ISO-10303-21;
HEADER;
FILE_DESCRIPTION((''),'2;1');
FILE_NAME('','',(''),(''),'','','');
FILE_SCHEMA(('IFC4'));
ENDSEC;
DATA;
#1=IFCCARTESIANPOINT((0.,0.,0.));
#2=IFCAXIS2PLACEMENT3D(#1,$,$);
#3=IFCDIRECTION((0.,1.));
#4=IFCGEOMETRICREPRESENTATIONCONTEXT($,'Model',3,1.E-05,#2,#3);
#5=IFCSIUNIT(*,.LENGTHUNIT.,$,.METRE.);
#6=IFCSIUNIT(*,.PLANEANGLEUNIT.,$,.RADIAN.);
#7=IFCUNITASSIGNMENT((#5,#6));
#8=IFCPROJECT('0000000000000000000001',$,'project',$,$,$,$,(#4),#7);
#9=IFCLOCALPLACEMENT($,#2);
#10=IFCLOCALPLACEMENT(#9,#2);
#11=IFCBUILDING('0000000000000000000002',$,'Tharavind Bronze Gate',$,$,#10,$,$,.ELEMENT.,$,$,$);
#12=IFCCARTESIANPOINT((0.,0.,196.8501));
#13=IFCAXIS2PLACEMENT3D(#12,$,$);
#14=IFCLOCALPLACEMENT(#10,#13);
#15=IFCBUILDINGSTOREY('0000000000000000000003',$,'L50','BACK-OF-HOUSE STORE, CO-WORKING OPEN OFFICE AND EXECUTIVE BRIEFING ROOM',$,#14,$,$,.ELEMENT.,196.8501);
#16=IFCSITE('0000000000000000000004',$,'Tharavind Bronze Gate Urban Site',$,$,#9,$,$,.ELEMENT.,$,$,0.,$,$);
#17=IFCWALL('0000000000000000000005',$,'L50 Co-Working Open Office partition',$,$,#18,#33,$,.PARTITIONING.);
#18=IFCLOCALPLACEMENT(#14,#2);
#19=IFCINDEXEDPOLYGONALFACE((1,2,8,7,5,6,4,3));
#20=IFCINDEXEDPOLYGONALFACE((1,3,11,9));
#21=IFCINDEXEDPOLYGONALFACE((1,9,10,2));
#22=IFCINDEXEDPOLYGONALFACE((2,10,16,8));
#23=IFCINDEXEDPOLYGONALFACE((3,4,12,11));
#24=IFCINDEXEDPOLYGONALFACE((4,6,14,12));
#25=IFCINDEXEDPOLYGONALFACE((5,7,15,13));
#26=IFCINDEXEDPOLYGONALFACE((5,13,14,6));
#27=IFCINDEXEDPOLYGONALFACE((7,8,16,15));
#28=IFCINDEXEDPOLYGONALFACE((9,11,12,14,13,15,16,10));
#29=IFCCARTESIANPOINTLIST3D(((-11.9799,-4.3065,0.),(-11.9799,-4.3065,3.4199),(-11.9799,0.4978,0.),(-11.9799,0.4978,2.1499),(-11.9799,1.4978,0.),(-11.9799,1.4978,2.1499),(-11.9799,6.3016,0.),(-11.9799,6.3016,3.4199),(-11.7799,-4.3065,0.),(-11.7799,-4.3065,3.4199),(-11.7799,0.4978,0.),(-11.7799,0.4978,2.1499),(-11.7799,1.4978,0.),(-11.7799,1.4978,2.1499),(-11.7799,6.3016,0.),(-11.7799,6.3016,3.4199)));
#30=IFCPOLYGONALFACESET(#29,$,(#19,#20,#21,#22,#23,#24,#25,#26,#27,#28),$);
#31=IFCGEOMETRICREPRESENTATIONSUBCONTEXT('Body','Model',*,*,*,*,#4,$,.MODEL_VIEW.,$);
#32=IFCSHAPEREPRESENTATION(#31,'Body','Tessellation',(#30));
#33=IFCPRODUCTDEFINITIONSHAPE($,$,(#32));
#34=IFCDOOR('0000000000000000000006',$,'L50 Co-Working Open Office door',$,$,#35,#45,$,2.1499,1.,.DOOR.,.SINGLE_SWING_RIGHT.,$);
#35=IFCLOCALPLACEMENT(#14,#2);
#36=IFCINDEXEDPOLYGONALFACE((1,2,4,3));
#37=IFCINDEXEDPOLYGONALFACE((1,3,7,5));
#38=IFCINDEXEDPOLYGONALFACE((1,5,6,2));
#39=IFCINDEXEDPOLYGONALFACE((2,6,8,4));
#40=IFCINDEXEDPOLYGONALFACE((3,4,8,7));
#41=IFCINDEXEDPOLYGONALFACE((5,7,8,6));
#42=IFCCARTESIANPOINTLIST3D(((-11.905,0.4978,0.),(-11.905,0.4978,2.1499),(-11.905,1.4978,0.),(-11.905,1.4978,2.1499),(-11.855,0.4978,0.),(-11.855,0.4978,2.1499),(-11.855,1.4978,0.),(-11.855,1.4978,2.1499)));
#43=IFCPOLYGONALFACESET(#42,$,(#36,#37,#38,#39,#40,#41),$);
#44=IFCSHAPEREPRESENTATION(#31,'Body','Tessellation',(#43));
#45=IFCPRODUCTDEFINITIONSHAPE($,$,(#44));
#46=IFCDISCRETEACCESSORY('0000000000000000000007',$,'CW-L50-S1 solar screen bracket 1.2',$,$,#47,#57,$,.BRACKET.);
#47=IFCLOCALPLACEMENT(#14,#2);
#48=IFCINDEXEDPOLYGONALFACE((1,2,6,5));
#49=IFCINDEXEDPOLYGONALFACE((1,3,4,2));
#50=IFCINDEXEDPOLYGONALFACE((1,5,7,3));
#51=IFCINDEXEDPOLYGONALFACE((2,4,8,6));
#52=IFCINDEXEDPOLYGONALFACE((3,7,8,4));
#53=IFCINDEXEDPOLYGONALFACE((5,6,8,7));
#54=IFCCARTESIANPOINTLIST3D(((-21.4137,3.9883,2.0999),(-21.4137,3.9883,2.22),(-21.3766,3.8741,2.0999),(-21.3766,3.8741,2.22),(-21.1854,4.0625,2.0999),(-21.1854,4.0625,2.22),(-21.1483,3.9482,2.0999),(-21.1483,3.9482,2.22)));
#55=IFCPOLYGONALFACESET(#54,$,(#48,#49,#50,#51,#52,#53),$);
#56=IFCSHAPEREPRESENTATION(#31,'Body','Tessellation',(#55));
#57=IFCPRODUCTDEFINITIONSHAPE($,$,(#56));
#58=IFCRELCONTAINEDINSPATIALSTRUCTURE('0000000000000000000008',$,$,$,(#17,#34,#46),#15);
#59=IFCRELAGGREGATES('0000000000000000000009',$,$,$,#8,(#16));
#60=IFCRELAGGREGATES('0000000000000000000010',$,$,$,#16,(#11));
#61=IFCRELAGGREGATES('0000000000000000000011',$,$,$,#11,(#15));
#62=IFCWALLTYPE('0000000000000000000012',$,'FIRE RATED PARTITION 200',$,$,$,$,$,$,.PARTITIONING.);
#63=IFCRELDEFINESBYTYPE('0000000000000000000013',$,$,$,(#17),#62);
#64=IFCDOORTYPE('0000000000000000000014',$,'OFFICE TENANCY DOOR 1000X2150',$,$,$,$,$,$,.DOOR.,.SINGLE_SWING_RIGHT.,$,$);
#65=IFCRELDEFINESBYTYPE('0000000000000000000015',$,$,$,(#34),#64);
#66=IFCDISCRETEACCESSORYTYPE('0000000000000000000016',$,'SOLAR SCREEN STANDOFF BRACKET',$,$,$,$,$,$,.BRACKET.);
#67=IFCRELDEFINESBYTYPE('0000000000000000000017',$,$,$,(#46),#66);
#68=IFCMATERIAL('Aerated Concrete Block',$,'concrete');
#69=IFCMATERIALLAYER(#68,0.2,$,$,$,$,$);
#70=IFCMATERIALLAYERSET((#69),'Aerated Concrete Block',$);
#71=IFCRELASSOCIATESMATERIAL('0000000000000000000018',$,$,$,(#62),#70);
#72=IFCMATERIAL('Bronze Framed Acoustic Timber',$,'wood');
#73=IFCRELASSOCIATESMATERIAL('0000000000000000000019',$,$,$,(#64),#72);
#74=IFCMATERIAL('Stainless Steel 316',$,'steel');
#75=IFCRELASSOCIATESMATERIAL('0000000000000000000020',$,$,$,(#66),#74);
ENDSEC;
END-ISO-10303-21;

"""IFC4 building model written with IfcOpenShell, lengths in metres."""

from ifc_helpers import new_model, si_unit, direction, frame, frame_2d, origin, origin_2d, place, context, subcontext, project, spatial, rectangle, extrude, material, layer, layer_set, type_object, element, fill, save


model = new_model("IFC4")

# Units and contexts
model_context = context("Model", 3, precision=1e-05, world=origin(), true_north=direction((0.0, 1.0)))
body_context = subcontext(model_context, "Body", "Model", "MODEL_VIEW")
ifc_project = project(units=[si_unit("LENGTHUNIT", "METRE"), si_unit("PLANEANGLEUNIT", "RADIAN")], contexts=[model_context])

# Site, building, storey
site_placement = place(None, origin())
site = spatial("IfcSite", under=ifc_project, at=site_placement, Name="Tharavind Bronze Gate Urban Site", CompositionType="ELEMENT", RefElevation=0.0)
building_placement = place(site_placement, origin())
building = spatial("IfcBuilding", under=site, at=building_placement, Name="Tharavind Bronze Gate", CompositionType="ELEMENT")
storey_placement = place(building_placement, frame((0.0, 0.0, 196.8501)))
storey = spatial("IfcBuildingStorey", under=building, at=storey_placement, Name="L50", Description="BACK-OF-HOUSE STORE, CO-WORKING OPEN OFFICE AND EXECUTIVE BRIEFING ROOM", CompositionType="ELEMENT", Elevation=196.8501)

# Shared definitions
ifc_material_1 = material(Name="Aerated Concrete Block", Category="concrete")
ifc_layer_1 = layer(ifc_material_1, 0.2)
ifc_layer_set_1 = layer_set([ifc_layer_1], Name="Aerated Concrete Block")
wall_type = type_object("IfcWallType", Name="FIRE RATED PARTITION 200", PredefinedType="PARTITIONING", material=ifc_layer_set_1)

# Wall, opening, door
wall_1_placement = place(storey_placement, frame((-11.8799, 6.3018, 0.0), z_axis=(0.0, 0.0, 1.0), x_axis=(0.0, -1.0, 0.0)))
wall_1 = element("IfcWall", 1, at=wall_1_placement, inside=storey, type_object=wall_type, Name="L50 Co-Working Open Office partition", PredefinedType="PARTITIONING", context=body_context, shape_type="SweptSolid", body=[
    extrude(rectangle(XDim=10.6082, YDim=0.2, at=frame_2d((5.3042, 0.0))), origin(), (0.0, 0.0, 1.0), 3.4199),
])
opening_1_placement = place(wall_1_placement, frame((4.804, 0.0, 0.0)))
opening_1 = element("IfcOpeningElement", 2, at=opening_1_placement, cuts=wall_1, PredefinedType="OPENING", context=body_context, shape_type="SweptSolid", body=[
    extrude(rectangle(XDim=1.0, YDim=2.1499, at=frame_2d((0.5, 1.075))), frame((0.0, 0.1101, 0.0), z_axis=(0.0, -1.0, 0.0), x_axis=(1.0, 0.0, 0.0)), (0.0, 0.0, 1.0), 0.22),
])
ifc_material_2 = material(Name="Bronze Framed Acoustic Timber", Category="wood")
door_type_1 = type_object("IfcDoorType", Name="OFFICE TENANCY DOOR 1000X2150", OperationType="SINGLE_SWING_RIGHT", PredefinedType="DOOR", material=ifc_material_2)
door_1_placement = place(opening_1_placement, origin())
door_1 = element("IfcDoor", 3, at=door_1_placement, inside=storey, type_object=door_type_1, Name="L50 Co-Working Open Office door", OperationType="SINGLE_SWING_RIGHT", OverallHeight=2.1499, OverallWidth=1.0, PredefinedType="DOOR", context=body_context, shape_type="SweptSolid", body=[
    extrude(rectangle(XDim=1.0, YDim=2.1499, at=frame_2d((0.5, 1.075))), frame((0.0, 0.0249, 0.0), z_axis=(0.0, -1.0, 0.0), x_axis=(1.0, 0.0, 0.0)), (0.0, 0.0, 1.0), 0.05),
])
fill(opening_1, door_1)

# Discrete accessory
ifc_material_3 = material(Name="Stainless Steel 316", Category="steel")
discrete_accessory_type = type_object("IfcDiscreteAccessoryType", Name="SOLAR SCREEN STANDOFF BRACKET", PredefinedType="BRACKET", material=ifc_material_3)
discrete_accessory_placement = place(storey_placement, frame((-21.281, 3.9683, 2.0999), z_axis=(0.0, 0.0, 1.0), x_axis=(0.309017, -0.951057, 0.0)))
element("IfcDiscreteAccessory", 4, at=discrete_accessory_placement, inside=storey, type_object=discrete_accessory_type, Name="CW-L50-S1 solar screen bracket 1.2", PredefinedType="BRACKET", context=body_context, shape_type="SweptSolid", body=[
    extrude(rectangle(XDim=0.1201, YDim=0.24, at=origin_2d()), origin(), (0.0, 0.0, 1.0), 0.1201),
])

save(model, "model.ifc")
